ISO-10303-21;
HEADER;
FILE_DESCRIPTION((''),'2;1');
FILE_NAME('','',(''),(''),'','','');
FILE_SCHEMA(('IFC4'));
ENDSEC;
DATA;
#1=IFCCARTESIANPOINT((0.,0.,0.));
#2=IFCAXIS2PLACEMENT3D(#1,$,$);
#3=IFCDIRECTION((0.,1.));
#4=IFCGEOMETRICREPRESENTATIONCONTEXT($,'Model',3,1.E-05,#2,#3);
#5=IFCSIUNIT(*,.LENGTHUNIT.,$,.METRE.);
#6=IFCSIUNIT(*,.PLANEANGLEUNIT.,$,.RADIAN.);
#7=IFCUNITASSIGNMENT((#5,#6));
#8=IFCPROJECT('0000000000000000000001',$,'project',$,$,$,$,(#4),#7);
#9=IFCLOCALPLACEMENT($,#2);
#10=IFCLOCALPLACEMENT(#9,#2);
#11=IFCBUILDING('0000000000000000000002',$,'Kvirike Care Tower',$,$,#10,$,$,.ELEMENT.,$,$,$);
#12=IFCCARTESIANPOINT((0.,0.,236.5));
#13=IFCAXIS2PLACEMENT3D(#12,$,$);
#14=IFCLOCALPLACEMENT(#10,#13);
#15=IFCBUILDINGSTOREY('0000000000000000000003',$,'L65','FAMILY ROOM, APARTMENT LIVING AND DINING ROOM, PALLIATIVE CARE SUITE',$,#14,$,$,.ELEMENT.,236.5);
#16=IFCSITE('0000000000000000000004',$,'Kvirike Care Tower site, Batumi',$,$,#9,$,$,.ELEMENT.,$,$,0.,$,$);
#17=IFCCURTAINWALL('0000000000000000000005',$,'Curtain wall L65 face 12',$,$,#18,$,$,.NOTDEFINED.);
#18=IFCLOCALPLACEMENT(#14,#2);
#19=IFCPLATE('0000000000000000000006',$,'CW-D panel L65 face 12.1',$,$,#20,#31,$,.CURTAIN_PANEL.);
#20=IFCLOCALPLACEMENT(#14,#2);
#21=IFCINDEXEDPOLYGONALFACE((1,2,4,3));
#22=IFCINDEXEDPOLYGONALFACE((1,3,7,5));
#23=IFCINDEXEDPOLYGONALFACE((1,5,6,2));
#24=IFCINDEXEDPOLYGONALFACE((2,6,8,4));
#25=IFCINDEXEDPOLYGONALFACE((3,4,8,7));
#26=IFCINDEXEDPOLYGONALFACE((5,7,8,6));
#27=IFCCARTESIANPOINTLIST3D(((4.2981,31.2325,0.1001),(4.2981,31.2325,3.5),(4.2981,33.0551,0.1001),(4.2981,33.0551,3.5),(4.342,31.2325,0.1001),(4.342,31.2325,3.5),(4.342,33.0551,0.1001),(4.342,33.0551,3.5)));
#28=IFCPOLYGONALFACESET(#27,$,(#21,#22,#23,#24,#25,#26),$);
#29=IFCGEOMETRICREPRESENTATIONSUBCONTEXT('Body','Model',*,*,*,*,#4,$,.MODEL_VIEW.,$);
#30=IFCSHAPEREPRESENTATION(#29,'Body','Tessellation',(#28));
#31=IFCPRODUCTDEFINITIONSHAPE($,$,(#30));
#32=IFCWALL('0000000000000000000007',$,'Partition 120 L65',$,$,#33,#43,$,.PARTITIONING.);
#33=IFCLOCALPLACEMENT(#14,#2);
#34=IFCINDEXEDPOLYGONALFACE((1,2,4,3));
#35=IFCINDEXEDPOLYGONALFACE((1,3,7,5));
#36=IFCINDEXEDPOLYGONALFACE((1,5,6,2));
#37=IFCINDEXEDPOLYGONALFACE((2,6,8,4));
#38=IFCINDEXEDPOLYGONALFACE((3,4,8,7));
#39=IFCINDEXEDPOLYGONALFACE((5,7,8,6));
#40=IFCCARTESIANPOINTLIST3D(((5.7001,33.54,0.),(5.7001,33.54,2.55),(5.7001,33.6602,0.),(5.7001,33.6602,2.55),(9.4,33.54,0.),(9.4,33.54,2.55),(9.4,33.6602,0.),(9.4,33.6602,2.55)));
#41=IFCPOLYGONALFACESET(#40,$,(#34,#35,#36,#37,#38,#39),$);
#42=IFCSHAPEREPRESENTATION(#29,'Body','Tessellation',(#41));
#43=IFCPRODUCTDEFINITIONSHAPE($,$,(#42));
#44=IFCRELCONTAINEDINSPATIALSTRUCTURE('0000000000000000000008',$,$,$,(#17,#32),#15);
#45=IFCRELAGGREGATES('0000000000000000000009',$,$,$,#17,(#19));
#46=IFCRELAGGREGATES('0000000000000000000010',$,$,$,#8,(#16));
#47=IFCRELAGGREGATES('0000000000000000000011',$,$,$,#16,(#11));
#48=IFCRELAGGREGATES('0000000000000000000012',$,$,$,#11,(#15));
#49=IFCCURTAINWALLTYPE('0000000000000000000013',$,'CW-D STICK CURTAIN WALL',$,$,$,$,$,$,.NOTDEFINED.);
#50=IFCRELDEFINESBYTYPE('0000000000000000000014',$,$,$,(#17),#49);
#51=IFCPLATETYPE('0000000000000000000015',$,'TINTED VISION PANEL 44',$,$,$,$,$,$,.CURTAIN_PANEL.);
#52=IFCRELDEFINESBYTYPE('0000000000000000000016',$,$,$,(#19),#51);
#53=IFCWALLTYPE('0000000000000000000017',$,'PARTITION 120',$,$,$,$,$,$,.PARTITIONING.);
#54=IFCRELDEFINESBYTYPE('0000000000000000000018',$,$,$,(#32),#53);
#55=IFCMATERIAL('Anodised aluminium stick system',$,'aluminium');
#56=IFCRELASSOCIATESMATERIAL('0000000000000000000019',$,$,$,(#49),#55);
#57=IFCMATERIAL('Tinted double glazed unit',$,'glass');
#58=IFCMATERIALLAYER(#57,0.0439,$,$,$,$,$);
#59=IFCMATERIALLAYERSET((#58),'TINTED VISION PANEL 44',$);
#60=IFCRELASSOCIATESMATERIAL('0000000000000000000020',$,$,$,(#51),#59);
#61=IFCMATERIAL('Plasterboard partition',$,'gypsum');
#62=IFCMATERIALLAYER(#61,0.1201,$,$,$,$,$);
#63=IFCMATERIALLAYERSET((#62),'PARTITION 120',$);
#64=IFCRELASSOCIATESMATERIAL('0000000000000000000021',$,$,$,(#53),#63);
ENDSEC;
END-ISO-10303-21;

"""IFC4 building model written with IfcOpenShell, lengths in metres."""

from ifc_helpers import new_model, si_unit, direction, frame, frame_2d, origin, origin_2d, place, context, subcontext, project, spatial, rectangle, extrude, material, layer, layer_set, type_object, element, aggregate, save


model = new_model("IFC4")

# Units and contexts
model_context = context("Model", 3, precision=1e-05, world=origin(), true_north=direction((0.0, 1.0)))
body_context = subcontext(model_context, "Body", "Model", "MODEL_VIEW")
ifc_project = project(units=[si_unit("LENGTHUNIT", "METRE"), si_unit("PLANEANGLEUNIT", "RADIAN")], contexts=[model_context])

# Site, building, storey
site_placement = place(None, origin())
site = spatial("IfcSite", under=ifc_project, at=site_placement, Name="Kvirike Care Tower site, Batumi", CompositionType="ELEMENT", RefElevation=0.0)
building_placement = place(site_placement, origin())
building = spatial("IfcBuilding", under=site, at=building_placement, Name="Kvirike Care Tower", CompositionType="ELEMENT")
storey_placement = place(building_placement, frame((0.0, 0.0, 236.5)))
storey = spatial("IfcBuildingStorey", under=building, at=storey_placement, Name="L65", Description="FAMILY ROOM, APARTMENT LIVING AND DINING ROOM, PALLIATIVE CARE SUITE", CompositionType="ELEMENT", Elevation=236.5)

# Shared definitions
ifc_material_1 = material(Name="Anodised aluminium stick system", Category="aluminium")
curtain_wall_type = type_object("IfcCurtainWallType", Name="CW-D STICK CURTAIN WALL", PredefinedType="NOTDEFINED", material=ifc_material_1)

# Curtain wall
curtain_wall_1_placement = place(storey_placement, origin())
curtain_wall_1 = element("IfcCurtainWall", 1, at=curtain_wall_1_placement, inside=storey, type_object=curtain_wall_type, Name="Curtain wall L65 face 12", PredefinedType="NOTDEFINED")

# Plate
ifc_material_2 = material(Name="Tinted double glazed unit", Category="glass")
ifc_layer_1 = layer(ifc_material_2, 0.0439)
ifc_layer_set_1 = layer_set([ifc_layer_1], Name="TINTED VISION PANEL 44")
plate_type = type_object("IfcPlateType", Name="TINTED VISION PANEL 44", PredefinedType="CURTAIN_PANEL", material=ifc_layer_set_1)
plate_1_placement = place(storey_placement, frame((4.3201, 32.1438, 0.1001), z_axis=(0.0, 0.0, 1.0), x_axis=(0.0, -1.0, 0.0)))
plate_1 = element("IfcPlate", 2, at=plate_1_placement, type_object=plate_type, Name="CW-D panel L65 face 12.1", PredefinedType="CURTAIN_PANEL", context=body_context, shape_type="SweptSolid", body=[
    extrude(rectangle(XDim=1.8225, YDim=0.0439, at=origin_2d()), origin(), (0.0, 0.0, 1.0), 3.3999),
])
aggregate(curtain_wall_1, [plate_1])

# Wall
ifc_material_3 = material(Name="Plasterboard partition", Category="gypsum")
ifc_layer_2 = layer(ifc_material_3, 0.1201)
ifc_layer_set_2 = layer_set([ifc_layer_2], Name="PARTITION 120")
wall_type = type_object("IfcWallType", Name="PARTITION 120", PredefinedType="PARTITIONING", material=ifc_layer_set_2)
wall_placement = place(storey_placement, frame((5.7, 33.6001, 0.0), z_axis=(0.0, 0.0, 1.0), x_axis=(1.0, 0.0, 0.0)))
element("IfcWall", 3, at=wall_placement, inside=storey, type_object=wall_type, Name="Partition 120 L65", PredefinedType="PARTITIONING", context=body_context, shape_type="SweptSolid", body=[
    extrude(rectangle(XDim=3.7, YDim=0.1201, at=frame_2d((1.8501, 0.0))), origin(), (0.0, 0.0, 1.0), 2.55),
])

save(model, "model.ifc")
